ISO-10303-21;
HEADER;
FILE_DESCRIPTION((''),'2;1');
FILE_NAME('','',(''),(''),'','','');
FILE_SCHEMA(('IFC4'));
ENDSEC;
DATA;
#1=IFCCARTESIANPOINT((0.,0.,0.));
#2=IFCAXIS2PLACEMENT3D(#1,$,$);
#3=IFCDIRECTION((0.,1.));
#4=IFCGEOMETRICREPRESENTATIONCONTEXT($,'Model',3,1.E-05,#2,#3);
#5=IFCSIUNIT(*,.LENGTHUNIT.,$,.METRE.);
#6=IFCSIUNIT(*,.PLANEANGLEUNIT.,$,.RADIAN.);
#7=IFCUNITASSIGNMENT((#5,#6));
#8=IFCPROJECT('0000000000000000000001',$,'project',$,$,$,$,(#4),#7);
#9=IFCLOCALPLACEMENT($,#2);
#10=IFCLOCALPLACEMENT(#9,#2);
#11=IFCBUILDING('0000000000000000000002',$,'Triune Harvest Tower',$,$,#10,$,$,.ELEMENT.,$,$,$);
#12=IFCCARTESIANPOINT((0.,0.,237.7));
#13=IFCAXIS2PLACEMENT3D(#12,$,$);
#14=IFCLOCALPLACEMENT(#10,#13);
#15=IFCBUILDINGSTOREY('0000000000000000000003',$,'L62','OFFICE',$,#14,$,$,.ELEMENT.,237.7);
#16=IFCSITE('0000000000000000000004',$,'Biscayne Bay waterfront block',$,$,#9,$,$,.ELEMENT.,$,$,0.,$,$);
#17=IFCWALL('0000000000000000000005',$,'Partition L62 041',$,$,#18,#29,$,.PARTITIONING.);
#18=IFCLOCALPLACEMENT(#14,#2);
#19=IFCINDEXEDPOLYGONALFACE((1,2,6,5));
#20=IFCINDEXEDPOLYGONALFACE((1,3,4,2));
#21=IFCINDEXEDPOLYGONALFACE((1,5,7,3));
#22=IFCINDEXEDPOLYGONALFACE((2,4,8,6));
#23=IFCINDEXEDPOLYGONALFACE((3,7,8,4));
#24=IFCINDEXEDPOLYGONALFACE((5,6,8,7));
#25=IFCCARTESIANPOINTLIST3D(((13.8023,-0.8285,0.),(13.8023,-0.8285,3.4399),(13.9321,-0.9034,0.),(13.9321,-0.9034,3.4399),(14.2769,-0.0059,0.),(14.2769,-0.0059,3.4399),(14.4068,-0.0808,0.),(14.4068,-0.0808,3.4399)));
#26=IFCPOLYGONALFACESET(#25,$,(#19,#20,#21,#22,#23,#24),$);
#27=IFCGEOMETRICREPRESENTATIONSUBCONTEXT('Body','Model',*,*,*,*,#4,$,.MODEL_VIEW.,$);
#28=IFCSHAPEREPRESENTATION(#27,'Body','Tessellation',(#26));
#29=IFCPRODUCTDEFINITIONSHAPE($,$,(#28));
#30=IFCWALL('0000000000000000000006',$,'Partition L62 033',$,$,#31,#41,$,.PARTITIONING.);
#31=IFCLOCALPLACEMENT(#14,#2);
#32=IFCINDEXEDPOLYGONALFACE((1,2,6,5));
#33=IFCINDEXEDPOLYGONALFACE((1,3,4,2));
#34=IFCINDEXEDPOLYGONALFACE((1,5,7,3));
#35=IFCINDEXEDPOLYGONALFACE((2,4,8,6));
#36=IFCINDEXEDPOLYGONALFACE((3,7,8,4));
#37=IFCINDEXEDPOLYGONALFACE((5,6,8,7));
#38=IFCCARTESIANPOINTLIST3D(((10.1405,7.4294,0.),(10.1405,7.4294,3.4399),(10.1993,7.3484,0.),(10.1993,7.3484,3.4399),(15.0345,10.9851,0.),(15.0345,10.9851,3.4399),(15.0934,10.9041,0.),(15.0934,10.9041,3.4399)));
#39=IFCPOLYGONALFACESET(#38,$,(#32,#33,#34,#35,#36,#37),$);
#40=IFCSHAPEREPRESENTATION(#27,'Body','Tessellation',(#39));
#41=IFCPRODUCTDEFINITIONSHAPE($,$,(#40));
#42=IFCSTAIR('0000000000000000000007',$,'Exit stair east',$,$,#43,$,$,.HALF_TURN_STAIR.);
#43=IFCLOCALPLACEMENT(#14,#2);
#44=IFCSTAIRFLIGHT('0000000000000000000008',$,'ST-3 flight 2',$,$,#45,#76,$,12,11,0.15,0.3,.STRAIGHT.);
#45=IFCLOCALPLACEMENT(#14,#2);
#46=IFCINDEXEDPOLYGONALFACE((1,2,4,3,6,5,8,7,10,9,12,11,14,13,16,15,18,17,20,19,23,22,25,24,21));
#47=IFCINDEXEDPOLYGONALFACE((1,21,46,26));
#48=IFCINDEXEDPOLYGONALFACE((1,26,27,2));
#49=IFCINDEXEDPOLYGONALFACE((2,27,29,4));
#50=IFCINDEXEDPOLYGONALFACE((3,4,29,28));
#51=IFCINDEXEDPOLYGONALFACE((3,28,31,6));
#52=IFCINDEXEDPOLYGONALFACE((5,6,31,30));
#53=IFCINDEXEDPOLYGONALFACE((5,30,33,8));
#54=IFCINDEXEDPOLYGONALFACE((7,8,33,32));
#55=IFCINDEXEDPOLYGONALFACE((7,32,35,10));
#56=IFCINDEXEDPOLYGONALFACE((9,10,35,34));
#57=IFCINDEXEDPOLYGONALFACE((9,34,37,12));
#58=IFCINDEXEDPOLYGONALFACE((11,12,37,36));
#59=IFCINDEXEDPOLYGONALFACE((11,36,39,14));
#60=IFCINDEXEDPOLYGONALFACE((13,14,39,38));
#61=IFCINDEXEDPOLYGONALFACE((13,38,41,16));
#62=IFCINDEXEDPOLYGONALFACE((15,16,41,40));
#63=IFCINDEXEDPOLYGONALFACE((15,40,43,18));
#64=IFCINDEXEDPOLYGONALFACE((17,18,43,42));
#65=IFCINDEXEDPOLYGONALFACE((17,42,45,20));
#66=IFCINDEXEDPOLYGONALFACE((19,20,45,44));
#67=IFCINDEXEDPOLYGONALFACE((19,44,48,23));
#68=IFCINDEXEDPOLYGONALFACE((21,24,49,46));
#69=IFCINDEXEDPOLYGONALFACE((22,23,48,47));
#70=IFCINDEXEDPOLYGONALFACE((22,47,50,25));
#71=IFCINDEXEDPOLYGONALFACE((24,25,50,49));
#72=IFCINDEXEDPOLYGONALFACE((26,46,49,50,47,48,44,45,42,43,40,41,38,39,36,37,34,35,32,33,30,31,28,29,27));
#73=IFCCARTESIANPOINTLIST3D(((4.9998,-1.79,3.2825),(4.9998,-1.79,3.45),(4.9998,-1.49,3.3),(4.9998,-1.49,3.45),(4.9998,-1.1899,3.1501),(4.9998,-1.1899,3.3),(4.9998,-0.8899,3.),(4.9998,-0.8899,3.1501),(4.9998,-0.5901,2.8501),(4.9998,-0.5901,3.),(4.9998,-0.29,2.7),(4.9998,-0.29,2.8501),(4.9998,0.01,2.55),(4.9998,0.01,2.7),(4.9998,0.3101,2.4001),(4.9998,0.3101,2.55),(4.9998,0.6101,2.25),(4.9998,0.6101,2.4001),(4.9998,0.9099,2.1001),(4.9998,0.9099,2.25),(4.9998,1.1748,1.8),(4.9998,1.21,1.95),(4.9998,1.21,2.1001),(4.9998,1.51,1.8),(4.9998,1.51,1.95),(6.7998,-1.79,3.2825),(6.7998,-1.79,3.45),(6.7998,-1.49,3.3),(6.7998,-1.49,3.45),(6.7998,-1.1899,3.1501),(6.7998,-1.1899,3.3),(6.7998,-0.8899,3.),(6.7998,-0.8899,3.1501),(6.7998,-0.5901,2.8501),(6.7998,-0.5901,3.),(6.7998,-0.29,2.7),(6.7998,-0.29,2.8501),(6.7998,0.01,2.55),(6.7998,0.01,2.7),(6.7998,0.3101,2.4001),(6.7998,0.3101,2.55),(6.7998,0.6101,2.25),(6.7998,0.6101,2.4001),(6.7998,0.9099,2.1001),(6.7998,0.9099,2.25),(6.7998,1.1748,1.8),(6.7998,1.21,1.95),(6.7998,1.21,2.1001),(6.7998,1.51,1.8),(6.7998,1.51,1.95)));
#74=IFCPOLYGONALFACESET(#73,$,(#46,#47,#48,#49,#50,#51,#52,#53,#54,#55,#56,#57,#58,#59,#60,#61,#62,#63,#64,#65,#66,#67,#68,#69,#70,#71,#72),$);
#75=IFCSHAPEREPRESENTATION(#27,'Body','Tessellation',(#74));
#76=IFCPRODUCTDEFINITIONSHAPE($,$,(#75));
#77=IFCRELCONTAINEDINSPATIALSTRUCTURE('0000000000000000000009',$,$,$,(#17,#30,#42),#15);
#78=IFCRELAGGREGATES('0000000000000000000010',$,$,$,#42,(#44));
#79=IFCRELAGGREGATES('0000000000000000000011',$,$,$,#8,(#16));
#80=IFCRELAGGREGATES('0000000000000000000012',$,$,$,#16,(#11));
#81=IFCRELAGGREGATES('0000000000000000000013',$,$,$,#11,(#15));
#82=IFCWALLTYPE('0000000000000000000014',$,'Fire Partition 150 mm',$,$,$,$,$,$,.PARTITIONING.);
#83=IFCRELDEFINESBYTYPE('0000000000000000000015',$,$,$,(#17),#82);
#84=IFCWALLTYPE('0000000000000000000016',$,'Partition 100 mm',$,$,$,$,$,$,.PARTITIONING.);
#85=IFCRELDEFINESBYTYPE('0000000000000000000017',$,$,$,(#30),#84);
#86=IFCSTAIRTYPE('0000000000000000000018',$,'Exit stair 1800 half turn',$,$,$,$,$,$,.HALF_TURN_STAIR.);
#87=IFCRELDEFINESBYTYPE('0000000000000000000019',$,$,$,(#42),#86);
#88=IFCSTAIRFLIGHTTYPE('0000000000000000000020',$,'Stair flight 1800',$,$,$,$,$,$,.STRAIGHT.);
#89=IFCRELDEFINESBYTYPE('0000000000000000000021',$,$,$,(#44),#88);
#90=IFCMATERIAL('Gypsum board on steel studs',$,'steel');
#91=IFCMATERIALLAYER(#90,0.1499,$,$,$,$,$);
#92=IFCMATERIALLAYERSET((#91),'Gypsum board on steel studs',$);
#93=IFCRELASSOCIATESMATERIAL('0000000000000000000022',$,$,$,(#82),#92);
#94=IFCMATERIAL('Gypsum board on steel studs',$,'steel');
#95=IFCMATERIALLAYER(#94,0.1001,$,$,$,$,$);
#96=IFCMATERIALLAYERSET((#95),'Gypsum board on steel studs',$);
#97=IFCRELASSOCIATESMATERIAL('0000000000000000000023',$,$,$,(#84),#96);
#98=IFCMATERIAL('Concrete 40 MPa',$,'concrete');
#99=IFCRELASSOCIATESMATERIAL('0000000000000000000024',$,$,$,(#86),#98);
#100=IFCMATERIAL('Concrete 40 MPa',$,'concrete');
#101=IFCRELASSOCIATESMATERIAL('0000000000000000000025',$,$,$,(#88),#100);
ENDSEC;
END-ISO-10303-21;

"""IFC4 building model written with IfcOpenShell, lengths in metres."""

from ifc_helpers import new_model, si_unit, direction, frame, frame_2d, origin, place, context, subcontext, project, spatial, polyline, rectangle, outline, extrude, source, transform, mapped, material, layer, layer_set, type_object, element, aggregate, save


model = new_model("IFC4")

# Units and contexts
model_context = context("Model", 3, precision=1e-05, world=origin(), true_north=direction((0.0, 1.0)))
body_context = subcontext(model_context, "Body", "Model", "MODEL_VIEW")
ifc_project = project(units=[si_unit("LENGTHUNIT", "METRE"), si_unit("PLANEANGLEUNIT", "RADIAN")], contexts=[model_context])

# Site, building, storey
site_placement = place(None, origin())
site = spatial("IfcSite", under=ifc_project, at=site_placement, Name="Biscayne Bay waterfront block", CompositionType="ELEMENT", RefElevation=0.0)
building_placement = place(site_placement, origin())
building = spatial("IfcBuilding", under=site, at=building_placement, Name="Triune Harvest Tower", CompositionType="ELEMENT")
storey_placement = place(building_placement, frame((0.0, 0.0, 237.7)))
storey = spatial("IfcBuildingStorey", under=building, at=storey_placement, Name="L62", Description="OFFICE", CompositionType="ELEMENT", Elevation=237.7)

# Walls
ifc_material_1 = material(Name="Gypsum board on steel studs", Category="steel")
ifc_layer_1 = layer(ifc_material_1, 0.1499)
ifc_layer_set_1 = layer_set([ifc_layer_1], Name="Gypsum board on steel studs")
wall_type_1 = type_object("IfcWallType", Name="Fire Partition 150 mm", PredefinedType="PARTITIONING", material=ifc_layer_set_1)
shared_shape_1 = source(origin(), body_context, "Body", "SweptSolid", [
    extrude(rectangle(XDim=0.9497, YDim=0.1499, at=frame_2d((0.4749, 0.0))), origin(), (0.0, 0.0, 1.0), 3.4399),
])
wall_1_placement = place(storey_placement, frame((13.8672, -0.866, 0.0), z_axis=(0.0, 0.0, 1.0), x_axis=(0.499789, 0.866147, 0.0)))
element("IfcWall", 1, at=wall_1_placement, inside=storey, type_object=wall_type_1, Name="Partition L62 041", PredefinedType="PARTITIONING", context=body_context, shape_type="MappedRepresentation", body=[
    mapped(shared_shape_1, transform((0.0, 0.0, 0.0), scale=1.0)),
])
ifc_material_2 = material(Name="Gypsum board on steel studs", Category="steel")
ifc_layer_2 = layer(ifc_material_2, 0.1001)
ifc_layer_set_2 = layer_set([ifc_layer_2], Name="Gypsum board on steel studs")
wall_type_2 = type_object("IfcWallType", Name="Partition 100 mm", PredefinedType="PARTITIONING", material=ifc_layer_set_2)
shared_shape_2 = source(origin(), body_context, "Body", "SweptSolid", [
    extrude(rectangle(XDim=6.0493, YDim=0.1001, at=frame_2d((3.0247, 0.0))), origin(), (0.0, 0.0, 1.0), 3.4399),
])
wall_2_placement = place(storey_placement, frame((10.1699, 7.3889, 0.0), z_axis=(0.0, 0.0, 1.0), x_axis=(0.809022, 0.587778, 0.0)))
element("IfcWall", 2, at=wall_2_placement, inside=storey, type_object=wall_type_2, Name="Partition L62 033", PredefinedType="PARTITIONING", context=body_context, shape_type="MappedRepresentation", body=[
    mapped(shared_shape_2, transform((0.0, 0.0, 0.0), scale=1.0)),
])

# Stair, stair flight
ifc_material_3 = material(Name="Concrete 40 MPa", Category="concrete")
stair_type = type_object("IfcStairType", Name="Exit stair 1800 half turn", PredefinedType="HALF_TURN_STAIR", material=ifc_material_3)
stair_placement = place(storey_placement, origin())
stair = element("IfcStair", 3, at=stair_placement, inside=storey, type_object=stair_type, Name="Exit stair east", PredefinedType="HALF_TURN_STAIR")
ifc_material_4 = material(Name="Concrete 40 MPa", Category="concrete")
stair_flight_type = type_object("IfcStairFlightType", Name="Stair flight 1800", PredefinedType="STRAIGHT", material=ifc_material_4)
shared_shape_3 = source(origin(), body_context, "Body", "SweptSolid", [
    extrude(outline(polyline([(0.0, 0.0), (0.0, 0.1499), (0.3, 0.1499), (0.3, 0.3), (0.6001, 0.3), (0.6001, 0.45), (0.8999, 0.45), (0.8999, 0.6001), (1.2, 0.6001), (1.2, 0.75), (1.5, 0.75), (1.5, 0.8999), (1.8, 0.8999), (1.8, 1.05), (2.1001, 1.05), (2.1001, 1.2), (2.3999, 1.2), (2.3999, 1.3501), (2.7, 1.3501), (2.7, 1.5), (3.0, 1.5), (3.0, 1.6499), (3.3, 1.6499), (3.3, 1.8), (3.3, 1.4824), (0.3352, 0.0), (0.0, 0.0)])), frame((0.0, 0.8999, 0.0), z_axis=(0.0, -1.0, 0.0), x_axis=(1.0, 0.0, 0.0)), (0.0, 0.0, 1.0), 1.8),
])
stair_flight_placement = place(storey_placement, frame((5.8999, 1.51, 1.8), z_axis=(0.0, 0.0, 1.0), x_axis=(0.0, -1.0, 0.0)))
stair_flight = element("IfcStairFlight", 4, at=stair_flight_placement, type_object=stair_flight_type, Name="ST-3 flight 2", NumberOfRisers=12, NumberOfTreads=11, PredefinedType="STRAIGHT", RiserHeight=0.15, TreadLength=0.3, context=body_context, shape_type="MappedRepresentation", body=[
    mapped(shared_shape_3, transform((0.0, 0.0, 0.0), scale=1.0)),
])
aggregate(stair, [stair_flight])

save(model, "model.ifc")
